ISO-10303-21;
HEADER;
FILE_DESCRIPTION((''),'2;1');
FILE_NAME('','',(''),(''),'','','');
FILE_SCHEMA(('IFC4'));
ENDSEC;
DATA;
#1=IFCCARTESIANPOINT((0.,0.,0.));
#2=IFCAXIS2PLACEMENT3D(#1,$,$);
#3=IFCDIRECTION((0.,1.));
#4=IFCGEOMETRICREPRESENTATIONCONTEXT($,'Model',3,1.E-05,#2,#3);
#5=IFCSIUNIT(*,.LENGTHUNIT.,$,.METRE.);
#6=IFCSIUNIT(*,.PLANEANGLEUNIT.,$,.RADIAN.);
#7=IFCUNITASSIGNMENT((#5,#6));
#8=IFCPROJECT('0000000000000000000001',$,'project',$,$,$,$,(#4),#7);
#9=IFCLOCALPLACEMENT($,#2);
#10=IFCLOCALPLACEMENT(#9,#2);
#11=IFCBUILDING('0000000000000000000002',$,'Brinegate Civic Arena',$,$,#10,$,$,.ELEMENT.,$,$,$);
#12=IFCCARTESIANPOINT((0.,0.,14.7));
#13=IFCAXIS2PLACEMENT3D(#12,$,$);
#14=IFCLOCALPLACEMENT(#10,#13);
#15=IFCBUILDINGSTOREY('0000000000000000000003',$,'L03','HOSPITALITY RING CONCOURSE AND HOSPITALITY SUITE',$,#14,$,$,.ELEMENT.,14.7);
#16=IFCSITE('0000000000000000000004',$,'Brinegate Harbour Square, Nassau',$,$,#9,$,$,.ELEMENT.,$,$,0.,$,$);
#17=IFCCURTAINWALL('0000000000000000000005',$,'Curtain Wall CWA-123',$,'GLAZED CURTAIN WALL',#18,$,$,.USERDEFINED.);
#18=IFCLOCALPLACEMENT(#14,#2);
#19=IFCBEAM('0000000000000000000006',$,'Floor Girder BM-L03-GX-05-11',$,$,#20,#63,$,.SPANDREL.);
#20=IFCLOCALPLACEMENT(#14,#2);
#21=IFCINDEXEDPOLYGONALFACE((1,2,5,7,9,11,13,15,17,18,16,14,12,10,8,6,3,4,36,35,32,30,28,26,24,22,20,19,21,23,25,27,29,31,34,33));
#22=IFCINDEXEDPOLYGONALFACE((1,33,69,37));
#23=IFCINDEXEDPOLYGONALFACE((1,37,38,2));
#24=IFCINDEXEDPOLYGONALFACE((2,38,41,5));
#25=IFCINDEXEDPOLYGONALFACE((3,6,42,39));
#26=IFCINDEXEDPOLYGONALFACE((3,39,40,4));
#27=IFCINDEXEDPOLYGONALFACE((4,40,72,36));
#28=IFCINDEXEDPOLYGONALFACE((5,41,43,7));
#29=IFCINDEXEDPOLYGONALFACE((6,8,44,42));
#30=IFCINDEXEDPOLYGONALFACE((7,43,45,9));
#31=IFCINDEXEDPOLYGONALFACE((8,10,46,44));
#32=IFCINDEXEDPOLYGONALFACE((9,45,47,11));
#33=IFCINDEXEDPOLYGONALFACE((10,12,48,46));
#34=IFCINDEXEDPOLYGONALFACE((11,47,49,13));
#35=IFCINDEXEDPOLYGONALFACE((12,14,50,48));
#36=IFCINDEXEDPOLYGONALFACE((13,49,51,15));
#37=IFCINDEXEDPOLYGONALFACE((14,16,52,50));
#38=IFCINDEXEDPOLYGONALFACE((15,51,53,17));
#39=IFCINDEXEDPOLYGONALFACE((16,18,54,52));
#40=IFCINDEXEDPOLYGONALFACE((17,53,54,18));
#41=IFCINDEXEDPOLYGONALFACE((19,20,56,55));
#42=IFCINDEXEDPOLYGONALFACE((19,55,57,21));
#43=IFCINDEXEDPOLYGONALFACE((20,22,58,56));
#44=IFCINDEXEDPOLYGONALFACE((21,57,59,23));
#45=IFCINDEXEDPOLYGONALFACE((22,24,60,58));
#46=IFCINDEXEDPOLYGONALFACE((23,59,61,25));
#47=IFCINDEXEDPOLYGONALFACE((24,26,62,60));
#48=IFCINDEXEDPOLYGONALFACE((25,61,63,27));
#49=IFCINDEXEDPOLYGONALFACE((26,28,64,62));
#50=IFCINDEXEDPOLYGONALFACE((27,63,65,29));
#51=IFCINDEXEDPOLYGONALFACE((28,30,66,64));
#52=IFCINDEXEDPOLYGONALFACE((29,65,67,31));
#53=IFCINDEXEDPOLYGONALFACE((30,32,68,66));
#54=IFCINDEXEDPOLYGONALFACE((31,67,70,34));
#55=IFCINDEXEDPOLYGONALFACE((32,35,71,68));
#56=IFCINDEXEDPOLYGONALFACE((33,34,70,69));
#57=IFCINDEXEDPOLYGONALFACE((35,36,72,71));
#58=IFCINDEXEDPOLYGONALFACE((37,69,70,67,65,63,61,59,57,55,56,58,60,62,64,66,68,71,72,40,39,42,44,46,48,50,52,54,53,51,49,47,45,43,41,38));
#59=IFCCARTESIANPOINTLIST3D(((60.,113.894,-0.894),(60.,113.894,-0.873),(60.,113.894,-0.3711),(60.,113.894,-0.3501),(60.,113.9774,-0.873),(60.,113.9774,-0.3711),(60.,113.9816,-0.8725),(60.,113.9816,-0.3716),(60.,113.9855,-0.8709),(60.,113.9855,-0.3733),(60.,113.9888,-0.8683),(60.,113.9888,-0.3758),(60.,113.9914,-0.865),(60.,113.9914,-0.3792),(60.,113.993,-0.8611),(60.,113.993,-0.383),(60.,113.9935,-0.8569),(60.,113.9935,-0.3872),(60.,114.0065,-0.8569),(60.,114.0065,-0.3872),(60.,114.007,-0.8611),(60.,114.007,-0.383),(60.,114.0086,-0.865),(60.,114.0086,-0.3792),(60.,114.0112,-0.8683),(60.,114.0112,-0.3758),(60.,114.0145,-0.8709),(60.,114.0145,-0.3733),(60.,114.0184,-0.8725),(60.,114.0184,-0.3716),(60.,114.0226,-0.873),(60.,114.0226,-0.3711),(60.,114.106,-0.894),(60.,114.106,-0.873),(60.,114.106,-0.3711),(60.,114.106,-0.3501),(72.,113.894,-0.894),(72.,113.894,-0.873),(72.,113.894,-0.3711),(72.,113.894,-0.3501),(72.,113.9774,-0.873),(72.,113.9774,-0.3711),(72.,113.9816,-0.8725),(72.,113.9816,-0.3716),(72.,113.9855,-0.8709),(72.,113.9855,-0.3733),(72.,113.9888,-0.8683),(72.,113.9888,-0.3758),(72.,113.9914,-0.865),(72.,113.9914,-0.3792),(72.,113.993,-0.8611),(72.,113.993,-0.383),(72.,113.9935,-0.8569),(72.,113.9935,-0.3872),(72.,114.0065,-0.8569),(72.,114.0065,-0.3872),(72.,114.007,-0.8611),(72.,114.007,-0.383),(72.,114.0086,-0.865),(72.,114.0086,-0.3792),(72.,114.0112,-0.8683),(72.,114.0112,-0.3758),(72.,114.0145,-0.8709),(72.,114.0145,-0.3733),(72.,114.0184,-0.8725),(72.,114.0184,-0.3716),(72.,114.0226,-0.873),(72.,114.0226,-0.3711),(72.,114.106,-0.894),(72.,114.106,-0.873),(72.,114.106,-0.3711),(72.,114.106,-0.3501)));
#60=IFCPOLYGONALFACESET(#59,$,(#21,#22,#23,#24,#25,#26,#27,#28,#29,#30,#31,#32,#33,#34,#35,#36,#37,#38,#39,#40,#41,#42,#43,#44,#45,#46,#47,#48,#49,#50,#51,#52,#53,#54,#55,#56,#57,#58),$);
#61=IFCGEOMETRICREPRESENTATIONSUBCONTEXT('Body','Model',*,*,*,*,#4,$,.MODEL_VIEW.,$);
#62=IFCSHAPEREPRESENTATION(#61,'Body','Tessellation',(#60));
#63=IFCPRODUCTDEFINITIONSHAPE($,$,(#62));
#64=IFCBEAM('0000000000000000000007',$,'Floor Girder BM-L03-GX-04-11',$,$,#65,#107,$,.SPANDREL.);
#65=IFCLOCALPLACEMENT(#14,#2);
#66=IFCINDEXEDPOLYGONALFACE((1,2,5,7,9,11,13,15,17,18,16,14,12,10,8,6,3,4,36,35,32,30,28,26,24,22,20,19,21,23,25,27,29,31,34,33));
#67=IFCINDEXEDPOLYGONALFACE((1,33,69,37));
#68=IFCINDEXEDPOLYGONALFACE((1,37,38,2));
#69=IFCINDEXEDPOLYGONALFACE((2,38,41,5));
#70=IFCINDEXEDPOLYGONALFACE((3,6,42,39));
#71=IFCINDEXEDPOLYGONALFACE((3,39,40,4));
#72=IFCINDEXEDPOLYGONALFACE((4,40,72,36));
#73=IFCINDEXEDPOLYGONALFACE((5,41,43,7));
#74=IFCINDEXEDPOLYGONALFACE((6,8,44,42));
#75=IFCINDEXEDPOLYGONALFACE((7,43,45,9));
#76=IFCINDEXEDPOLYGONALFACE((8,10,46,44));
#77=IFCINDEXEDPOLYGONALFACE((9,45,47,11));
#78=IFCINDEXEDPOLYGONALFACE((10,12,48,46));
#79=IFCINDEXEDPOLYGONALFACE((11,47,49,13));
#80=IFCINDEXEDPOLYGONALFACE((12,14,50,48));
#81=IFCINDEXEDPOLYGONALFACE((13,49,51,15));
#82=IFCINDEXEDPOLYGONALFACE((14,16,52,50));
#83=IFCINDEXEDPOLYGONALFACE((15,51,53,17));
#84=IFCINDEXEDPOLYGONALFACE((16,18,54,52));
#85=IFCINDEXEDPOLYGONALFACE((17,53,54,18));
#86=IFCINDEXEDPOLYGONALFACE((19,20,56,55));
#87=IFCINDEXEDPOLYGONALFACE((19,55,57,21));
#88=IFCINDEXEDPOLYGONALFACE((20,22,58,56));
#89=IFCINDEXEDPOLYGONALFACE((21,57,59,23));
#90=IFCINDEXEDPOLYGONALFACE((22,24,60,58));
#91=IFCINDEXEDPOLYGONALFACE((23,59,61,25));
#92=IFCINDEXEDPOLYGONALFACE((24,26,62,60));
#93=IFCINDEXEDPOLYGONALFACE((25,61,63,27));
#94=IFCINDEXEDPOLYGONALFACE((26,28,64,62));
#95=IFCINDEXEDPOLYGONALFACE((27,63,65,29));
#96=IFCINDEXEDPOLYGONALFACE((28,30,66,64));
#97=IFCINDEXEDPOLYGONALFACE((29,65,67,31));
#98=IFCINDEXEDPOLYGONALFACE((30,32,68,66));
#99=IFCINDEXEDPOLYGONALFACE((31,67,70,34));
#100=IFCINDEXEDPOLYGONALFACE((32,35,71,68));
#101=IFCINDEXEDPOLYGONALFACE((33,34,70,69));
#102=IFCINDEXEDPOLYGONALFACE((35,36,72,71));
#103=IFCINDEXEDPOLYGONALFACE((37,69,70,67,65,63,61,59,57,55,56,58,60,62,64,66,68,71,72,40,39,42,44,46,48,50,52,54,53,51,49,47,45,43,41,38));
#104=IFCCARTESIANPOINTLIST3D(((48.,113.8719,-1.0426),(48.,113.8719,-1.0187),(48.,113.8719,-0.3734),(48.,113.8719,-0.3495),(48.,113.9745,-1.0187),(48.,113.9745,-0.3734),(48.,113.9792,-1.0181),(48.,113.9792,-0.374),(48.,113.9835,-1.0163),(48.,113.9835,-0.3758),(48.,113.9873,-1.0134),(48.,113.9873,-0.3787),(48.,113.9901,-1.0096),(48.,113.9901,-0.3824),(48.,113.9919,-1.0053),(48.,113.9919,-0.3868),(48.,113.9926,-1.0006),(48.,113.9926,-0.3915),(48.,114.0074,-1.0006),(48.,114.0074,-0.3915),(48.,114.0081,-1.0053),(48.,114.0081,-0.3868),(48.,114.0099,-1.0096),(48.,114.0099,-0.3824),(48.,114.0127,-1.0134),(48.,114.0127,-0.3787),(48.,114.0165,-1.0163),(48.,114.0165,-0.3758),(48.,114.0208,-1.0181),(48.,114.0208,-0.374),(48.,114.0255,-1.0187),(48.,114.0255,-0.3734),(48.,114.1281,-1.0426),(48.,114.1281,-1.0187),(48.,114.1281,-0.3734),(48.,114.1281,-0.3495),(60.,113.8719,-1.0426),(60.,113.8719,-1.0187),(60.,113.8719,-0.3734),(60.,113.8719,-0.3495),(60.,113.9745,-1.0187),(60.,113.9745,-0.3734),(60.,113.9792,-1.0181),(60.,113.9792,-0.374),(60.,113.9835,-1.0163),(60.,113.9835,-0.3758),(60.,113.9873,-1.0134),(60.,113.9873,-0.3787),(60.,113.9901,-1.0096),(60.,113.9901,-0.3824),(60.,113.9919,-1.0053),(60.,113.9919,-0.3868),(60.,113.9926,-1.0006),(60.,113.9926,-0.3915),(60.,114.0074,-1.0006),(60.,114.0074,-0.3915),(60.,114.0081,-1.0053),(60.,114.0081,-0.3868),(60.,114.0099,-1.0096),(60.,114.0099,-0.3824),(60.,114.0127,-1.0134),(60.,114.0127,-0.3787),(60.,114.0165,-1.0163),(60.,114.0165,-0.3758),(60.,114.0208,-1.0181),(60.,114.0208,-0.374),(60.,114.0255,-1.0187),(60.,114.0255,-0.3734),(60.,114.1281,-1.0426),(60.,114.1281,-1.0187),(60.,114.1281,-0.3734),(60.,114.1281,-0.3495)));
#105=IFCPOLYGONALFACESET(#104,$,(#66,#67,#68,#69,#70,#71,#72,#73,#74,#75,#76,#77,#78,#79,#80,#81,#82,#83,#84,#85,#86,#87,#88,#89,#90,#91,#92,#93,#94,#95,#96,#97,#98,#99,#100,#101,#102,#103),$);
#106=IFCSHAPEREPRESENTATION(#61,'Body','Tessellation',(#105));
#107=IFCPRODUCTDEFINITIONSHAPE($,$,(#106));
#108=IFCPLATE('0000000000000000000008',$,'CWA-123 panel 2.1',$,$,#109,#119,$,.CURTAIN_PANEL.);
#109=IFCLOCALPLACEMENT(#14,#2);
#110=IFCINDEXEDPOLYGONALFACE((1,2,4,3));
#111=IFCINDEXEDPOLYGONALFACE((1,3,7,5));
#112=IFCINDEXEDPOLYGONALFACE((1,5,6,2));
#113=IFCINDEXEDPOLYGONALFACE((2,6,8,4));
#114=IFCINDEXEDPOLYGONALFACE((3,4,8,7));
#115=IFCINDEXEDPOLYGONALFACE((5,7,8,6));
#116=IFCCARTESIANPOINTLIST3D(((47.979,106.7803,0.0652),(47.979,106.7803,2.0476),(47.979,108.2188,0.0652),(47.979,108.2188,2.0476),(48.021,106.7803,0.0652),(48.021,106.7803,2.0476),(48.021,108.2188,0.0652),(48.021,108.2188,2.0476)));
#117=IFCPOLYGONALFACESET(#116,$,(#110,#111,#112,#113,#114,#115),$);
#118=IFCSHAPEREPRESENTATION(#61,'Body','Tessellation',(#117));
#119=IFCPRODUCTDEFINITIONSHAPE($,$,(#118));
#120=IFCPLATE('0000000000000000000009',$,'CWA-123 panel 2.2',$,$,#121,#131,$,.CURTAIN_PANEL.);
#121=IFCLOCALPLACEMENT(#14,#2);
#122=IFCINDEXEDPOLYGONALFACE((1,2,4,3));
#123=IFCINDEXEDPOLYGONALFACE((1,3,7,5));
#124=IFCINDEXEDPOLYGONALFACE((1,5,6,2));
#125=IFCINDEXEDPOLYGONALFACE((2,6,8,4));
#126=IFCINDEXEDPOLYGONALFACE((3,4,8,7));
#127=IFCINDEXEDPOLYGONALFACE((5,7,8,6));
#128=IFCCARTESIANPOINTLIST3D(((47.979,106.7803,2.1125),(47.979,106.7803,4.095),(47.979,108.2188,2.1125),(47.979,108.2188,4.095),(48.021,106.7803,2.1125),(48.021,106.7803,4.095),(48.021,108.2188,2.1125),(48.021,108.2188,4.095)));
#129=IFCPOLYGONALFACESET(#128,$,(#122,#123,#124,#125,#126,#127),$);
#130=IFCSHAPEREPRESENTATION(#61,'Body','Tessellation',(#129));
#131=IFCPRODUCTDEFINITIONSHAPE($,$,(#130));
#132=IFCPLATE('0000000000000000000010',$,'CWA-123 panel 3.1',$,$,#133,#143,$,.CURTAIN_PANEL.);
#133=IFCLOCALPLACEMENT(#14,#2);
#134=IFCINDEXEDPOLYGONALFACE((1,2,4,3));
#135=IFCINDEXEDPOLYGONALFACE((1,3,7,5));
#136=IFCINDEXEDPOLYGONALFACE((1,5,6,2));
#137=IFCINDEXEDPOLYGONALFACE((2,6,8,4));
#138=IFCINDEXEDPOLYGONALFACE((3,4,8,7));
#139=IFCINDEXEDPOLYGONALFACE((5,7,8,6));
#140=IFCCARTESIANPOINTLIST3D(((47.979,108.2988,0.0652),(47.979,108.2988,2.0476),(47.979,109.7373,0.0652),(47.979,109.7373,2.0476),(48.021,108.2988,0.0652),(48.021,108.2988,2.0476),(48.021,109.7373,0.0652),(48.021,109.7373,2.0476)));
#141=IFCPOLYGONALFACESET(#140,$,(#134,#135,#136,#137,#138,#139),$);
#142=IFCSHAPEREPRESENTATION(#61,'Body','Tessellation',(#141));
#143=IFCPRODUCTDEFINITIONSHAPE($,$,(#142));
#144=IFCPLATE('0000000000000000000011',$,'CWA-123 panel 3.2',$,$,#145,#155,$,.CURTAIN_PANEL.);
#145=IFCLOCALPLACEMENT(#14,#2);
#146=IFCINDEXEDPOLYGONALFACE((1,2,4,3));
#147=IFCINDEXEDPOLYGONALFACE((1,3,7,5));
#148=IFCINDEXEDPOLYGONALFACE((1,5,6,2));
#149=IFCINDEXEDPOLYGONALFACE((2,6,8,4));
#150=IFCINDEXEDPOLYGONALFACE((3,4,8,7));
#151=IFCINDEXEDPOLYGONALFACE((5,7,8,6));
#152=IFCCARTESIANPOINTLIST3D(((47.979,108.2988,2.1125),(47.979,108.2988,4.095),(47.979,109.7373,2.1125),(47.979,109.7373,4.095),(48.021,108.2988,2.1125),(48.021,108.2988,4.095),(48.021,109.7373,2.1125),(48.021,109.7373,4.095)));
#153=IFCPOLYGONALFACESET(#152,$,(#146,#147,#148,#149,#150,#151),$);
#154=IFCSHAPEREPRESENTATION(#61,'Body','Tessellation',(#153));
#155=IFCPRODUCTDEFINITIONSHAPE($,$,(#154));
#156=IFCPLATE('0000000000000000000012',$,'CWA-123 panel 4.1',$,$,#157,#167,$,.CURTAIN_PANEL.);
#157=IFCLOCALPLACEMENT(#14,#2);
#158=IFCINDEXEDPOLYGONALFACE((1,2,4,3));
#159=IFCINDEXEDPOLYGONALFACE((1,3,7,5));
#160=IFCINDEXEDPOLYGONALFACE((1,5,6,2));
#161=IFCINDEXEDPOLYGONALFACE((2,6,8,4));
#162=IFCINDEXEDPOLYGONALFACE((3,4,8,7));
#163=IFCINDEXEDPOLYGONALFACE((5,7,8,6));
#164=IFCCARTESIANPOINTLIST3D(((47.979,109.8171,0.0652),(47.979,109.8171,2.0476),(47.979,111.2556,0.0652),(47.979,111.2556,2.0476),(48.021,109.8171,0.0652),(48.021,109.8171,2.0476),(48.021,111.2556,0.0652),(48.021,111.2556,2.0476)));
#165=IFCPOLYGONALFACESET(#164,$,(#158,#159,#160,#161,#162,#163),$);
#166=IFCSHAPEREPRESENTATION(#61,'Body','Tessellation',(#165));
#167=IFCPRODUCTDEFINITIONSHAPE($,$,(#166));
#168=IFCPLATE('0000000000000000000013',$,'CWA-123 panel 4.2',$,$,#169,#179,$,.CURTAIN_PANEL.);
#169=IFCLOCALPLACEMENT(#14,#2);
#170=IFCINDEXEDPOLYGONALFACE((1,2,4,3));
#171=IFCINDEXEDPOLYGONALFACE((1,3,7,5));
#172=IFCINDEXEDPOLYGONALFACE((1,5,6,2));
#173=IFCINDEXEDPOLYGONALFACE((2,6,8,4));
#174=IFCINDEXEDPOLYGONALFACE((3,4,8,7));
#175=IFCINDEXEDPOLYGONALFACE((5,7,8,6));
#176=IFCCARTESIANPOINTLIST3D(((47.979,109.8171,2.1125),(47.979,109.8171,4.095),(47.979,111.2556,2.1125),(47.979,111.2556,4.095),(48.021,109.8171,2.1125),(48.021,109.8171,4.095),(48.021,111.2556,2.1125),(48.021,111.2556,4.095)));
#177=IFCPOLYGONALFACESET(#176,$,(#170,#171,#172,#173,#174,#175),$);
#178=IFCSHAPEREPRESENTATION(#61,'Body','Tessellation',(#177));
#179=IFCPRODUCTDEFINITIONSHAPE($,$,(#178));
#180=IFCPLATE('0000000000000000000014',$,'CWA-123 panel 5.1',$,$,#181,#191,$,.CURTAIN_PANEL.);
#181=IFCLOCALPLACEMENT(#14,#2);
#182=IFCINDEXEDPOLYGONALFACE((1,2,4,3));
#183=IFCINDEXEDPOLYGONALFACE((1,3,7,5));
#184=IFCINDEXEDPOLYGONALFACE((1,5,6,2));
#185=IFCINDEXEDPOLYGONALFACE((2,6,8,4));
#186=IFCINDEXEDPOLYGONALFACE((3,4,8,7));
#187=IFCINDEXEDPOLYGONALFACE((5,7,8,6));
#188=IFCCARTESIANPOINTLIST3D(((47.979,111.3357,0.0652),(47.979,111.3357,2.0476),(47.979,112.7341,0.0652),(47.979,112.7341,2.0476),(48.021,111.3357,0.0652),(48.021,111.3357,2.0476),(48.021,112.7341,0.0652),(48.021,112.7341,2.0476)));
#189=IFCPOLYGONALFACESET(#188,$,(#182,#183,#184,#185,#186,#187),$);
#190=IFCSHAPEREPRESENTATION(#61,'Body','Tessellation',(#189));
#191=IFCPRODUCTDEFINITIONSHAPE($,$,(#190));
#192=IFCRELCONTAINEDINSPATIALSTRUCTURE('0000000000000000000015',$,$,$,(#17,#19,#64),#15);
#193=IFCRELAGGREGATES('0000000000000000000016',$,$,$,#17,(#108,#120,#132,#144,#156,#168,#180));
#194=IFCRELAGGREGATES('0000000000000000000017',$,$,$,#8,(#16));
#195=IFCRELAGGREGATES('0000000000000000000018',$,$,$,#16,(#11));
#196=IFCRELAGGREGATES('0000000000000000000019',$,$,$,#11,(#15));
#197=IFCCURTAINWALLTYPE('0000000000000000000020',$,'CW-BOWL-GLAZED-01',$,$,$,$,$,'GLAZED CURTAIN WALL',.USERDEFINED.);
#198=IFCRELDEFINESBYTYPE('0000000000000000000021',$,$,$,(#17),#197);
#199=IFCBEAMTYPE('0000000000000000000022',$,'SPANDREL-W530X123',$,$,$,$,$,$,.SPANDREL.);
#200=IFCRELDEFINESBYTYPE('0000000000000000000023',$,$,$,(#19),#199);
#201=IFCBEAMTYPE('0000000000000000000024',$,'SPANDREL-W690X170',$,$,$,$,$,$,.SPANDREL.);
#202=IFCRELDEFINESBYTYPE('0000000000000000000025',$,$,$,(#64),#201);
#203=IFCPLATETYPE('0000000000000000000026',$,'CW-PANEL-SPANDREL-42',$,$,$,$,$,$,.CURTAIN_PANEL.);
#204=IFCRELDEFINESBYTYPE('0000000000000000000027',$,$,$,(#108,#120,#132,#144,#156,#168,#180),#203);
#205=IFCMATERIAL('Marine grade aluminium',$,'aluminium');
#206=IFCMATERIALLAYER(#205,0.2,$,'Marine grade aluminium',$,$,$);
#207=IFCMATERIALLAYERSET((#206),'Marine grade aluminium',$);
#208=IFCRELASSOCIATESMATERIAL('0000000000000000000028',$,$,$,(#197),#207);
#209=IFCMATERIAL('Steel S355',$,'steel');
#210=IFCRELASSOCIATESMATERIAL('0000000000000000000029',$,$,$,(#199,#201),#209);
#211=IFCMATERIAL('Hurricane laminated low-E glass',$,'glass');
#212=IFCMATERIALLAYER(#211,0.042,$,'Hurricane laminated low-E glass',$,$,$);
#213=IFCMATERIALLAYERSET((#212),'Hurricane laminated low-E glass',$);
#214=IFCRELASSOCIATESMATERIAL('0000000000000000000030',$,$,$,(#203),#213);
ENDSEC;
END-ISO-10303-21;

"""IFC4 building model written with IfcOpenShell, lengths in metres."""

from ifc_helpers import new_model, si_unit, direction, frame, origin, origin_2d, place, context, subcontext, project, spatial, rectangle, i_section, extrude, material, layer, layer_set, material_profile, profile_set, type_object, element, aggregate, save


model = new_model("IFC4")

# Units and contexts
model_context = context("Model", 3, precision=1e-05, world=origin(), true_north=direction((0.0, 1.0)))
body_context = subcontext(model_context, "Body", "Model", "MODEL_VIEW")
ifc_project = project(units=[si_unit("LENGTHUNIT", "METRE"), si_unit("PLANEANGLEUNIT", "RADIAN")], contexts=[model_context])

# Site, building, storey
site_placement = place(None, origin())
site = spatial("IfcSite", under=ifc_project, at=site_placement, Name="Brinegate Harbour Square, Nassau", CompositionType="ELEMENT", RefElevation=0.0)
building_placement = place(site_placement, origin())
building = spatial("IfcBuilding", under=site, at=building_placement, Name="Brinegate Civic Arena", CompositionType="ELEMENT")
storey_placement = place(building_placement, frame((0.0, 0.0, 14.7)))
storey = spatial("IfcBuildingStorey", under=building, at=storey_placement, Name="L03", Description="HOSPITALITY RING CONCOURSE AND HOSPITALITY SUITE", CompositionType="ELEMENT", Elevation=14.7)

# Curtain wall
ifc_material_1 = material(Name="Marine grade aluminium", Category="aluminium")
ifc_layer_1 = layer(ifc_material_1, 0.2, Name="Marine grade aluminium")
ifc_layer_set_1 = layer_set([ifc_layer_1], Name="Marine grade aluminium")
curtain_wall_type = type_object("IfcCurtainWallType", Name="CW-BOWL-GLAZED-01", ElementType="GLAZED CURTAIN WALL", PredefinedType="USERDEFINED", material=ifc_layer_set_1)
curtain_wall_placement = place(storey_placement, origin())
curtain_wall = element("IfcCurtainWall", 1, at=curtain_wall_placement, inside=storey, type_object=curtain_wall_type, Name="Curtain Wall CWA-123", ObjectType="GLAZED CURTAIN WALL", PredefinedType="USERDEFINED")

# Beams
ifc_material_2 = material(Name="Steel S355", Category="steel")
ifc_material_profile_1 = material_profile(ifc_material_2, i_section(OverallWidth=0.2119, OverallDepth=0.5439, WebThickness=0.0129, FlangeThickness=0.021, FilletRadius=0.0161, at=origin_2d()), Name="W530X123")
ifc_profile_set_1 = profile_set([ifc_material_profile_1], Name="Steel S355")
beam_type_1 = type_object("IfcBeamType", Name="SPANDREL-W530X123", PredefinedType="SPANDREL", material=ifc_profile_set_1)
beam_1_placement = place(storey_placement, frame((60.0, 114.0, -0.6221), z_axis=(1.0, 0.0, 0.0), x_axis=(0.0, 1.0, 0.0)))
element("IfcBeam", 2, at=beam_1_placement, inside=storey, type_object=beam_type_1, Name="Floor Girder BM-L03-GX-05-11", PredefinedType="SPANDREL", context=body_context, shape_type="SweptSolid", body=[
    extrude(i_section(OverallWidth=0.2119, OverallDepth=0.5439, WebThickness=0.0129, FlangeThickness=0.021, FilletRadius=0.0161, at=origin_2d()), origin(), (0.0, 0.0, 1.0), 12.0),
])
ifc_material_profile_2 = material_profile(ifc_material_2, i_section(OverallWidth=0.2561, OverallDepth=0.6931, WebThickness=0.0149, FlangeThickness=0.0239, FilletRadius=0.0181, at=origin_2d()), Name="W690X170")
ifc_profile_set_2 = profile_set([ifc_material_profile_2], Name="Steel S355")
beam_type_2 = type_object("IfcBeamType", Name="SPANDREL-W690X170", PredefinedType="SPANDREL", material=ifc_profile_set_2)
beam_2_placement = place(storey_placement, frame((48.0, 114.0, -0.696), z_axis=(1.0, 0.0, 0.0), x_axis=(0.0, 1.0, 0.0)))
element("IfcBeam", 3, at=beam_2_placement, inside=storey, type_object=beam_type_2, Name="Floor Girder BM-L03-GX-04-11", PredefinedType="SPANDREL", context=body_context, shape_type="SweptSolid", body=[
    extrude(i_section(OverallWidth=0.2561, OverallDepth=0.6931, WebThickness=0.0149, FlangeThickness=0.0239, FilletRadius=0.0181, at=origin_2d()), origin(), (0.0, 0.0, 1.0), 12.0),
])

# Plates
ifc_material_3 = material(Name="Hurricane laminated low-E glass", Category="glass")
ifc_layer_2 = layer(ifc_material_3, 0.042, Name="Hurricane laminated low-E glass")
ifc_layer_set_2 = layer_set([ifc_layer_2], Name="Hurricane laminated low-E glass")
plate_type = type_object("IfcPlateType", Name="CW-PANEL-SPANDREL-42", PredefinedType="CURTAIN_PANEL", material=ifc_layer_set_2)
plate_1_placement = place(storey_placement, frame((48.0, 107.4995, 0.0652), z_axis=(0.0, 0.0, 1.0), x_axis=(0.0, 1.0, 0.0)))
plate_1 = element("IfcPlate", 4, at=plate_1_placement, type_object=plate_type, Name="CWA-123 panel 2.1", PredefinedType="CURTAIN_PANEL", context=body_context, shape_type="SweptSolid", body=[
    extrude(rectangle(XDim=1.4385, YDim=0.042, at=origin_2d()), origin(), (0.0, 0.0, 1.0), 1.9824),
])
plate_2_placement = place(storey_placement, frame((48.0, 107.4995, 2.1125), z_axis=(0.0, 0.0, 1.0), x_axis=(0.0, 1.0, 0.0)))
plate_2 = element("IfcPlate", 5, at=plate_2_placement, type_object=plate_type, Name="CWA-123 panel 2.2", PredefinedType="CURTAIN_PANEL", context=body_context, shape_type="SweptSolid", body=[
    extrude(rectangle(XDim=1.4385, YDim=0.042, at=origin_2d()), origin(), (0.0, 0.0, 1.0), 1.9824),
])
plate_3_placement = place(storey_placement, frame((48.0, 109.0181, 0.0652), z_axis=(0.0, 0.0, 1.0), x_axis=(0.0, 1.0, 0.0)))
plate_3 = element("IfcPlate", 6, at=plate_3_placement, type_object=plate_type, Name="CWA-123 panel 3.1", PredefinedType="CURTAIN_PANEL", context=body_context, shape_type="SweptSolid", body=[
    extrude(rectangle(XDim=1.4385, YDim=0.042, at=origin_2d()), origin(), (0.0, 0.0, 1.0), 1.9824),
])
plate_4_placement = place(storey_placement, frame((48.0, 109.0181, 2.1125), z_axis=(0.0, 0.0, 1.0), x_axis=(0.0, 1.0, 0.0)))
plate_4 = element("IfcPlate", 7, at=plate_4_placement, type_object=plate_type, Name="CWA-123 panel 3.2", PredefinedType="CURTAIN_PANEL", context=body_context, shape_type="SweptSolid", body=[
    extrude(rectangle(XDim=1.4385, YDim=0.042, at=origin_2d()), origin(), (0.0, 0.0, 1.0), 1.9824),
])
plate_5_placement = place(storey_placement, frame((48.0, 110.5364, 0.0652), z_axis=(0.0, 0.0, 1.0), x_axis=(0.0, 1.0, 0.0)))
plate_5 = element("IfcPlate", 8, at=plate_5_placement, type_object=plate_type, Name="CWA-123 panel 4.1", PredefinedType="CURTAIN_PANEL", context=body_context, shape_type="SweptSolid", body=[
    extrude(rectangle(XDim=1.4385, YDim=0.042, at=origin_2d()), origin(), (0.0, 0.0, 1.0), 1.9824),
])
plate_6_placement = place(storey_placement, frame((48.0, 110.5364, 2.1125), z_axis=(0.0, 0.0, 1.0), x_axis=(0.0, 1.0, 0.0)))
plate_6 = element("IfcPlate", 9, at=plate_6_placement, type_object=plate_type, Name="CWA-123 panel 4.2", PredefinedType="CURTAIN_PANEL", context=body_context, shape_type="SweptSolid", body=[
    extrude(rectangle(XDim=1.4385, YDim=0.042, at=origin_2d()), origin(), (0.0, 0.0, 1.0), 1.9824),
])
plate_7_placement = place(storey_placement, frame((48.0, 112.0349, 0.0652), z_axis=(0.0, 0.0, 1.0), x_axis=(0.0, 1.0, 0.0)))
plate_7 = element("IfcPlate", 10, at=plate_7_placement, type_object=plate_type, Name="CWA-123 panel 5.1", PredefinedType="CURTAIN_PANEL", context=body_context, shape_type="SweptSolid", body=[
    extrude(rectangle(XDim=1.3984, YDim=0.042, at=origin_2d()), origin(), (0.0, 0.0, 1.0), 1.9824),
])
aggregate(curtain_wall, [plate_1, plate_2, plate_3, plate_4, plate_5, plate_6, plate_7])

save(model, "model.ifc")
